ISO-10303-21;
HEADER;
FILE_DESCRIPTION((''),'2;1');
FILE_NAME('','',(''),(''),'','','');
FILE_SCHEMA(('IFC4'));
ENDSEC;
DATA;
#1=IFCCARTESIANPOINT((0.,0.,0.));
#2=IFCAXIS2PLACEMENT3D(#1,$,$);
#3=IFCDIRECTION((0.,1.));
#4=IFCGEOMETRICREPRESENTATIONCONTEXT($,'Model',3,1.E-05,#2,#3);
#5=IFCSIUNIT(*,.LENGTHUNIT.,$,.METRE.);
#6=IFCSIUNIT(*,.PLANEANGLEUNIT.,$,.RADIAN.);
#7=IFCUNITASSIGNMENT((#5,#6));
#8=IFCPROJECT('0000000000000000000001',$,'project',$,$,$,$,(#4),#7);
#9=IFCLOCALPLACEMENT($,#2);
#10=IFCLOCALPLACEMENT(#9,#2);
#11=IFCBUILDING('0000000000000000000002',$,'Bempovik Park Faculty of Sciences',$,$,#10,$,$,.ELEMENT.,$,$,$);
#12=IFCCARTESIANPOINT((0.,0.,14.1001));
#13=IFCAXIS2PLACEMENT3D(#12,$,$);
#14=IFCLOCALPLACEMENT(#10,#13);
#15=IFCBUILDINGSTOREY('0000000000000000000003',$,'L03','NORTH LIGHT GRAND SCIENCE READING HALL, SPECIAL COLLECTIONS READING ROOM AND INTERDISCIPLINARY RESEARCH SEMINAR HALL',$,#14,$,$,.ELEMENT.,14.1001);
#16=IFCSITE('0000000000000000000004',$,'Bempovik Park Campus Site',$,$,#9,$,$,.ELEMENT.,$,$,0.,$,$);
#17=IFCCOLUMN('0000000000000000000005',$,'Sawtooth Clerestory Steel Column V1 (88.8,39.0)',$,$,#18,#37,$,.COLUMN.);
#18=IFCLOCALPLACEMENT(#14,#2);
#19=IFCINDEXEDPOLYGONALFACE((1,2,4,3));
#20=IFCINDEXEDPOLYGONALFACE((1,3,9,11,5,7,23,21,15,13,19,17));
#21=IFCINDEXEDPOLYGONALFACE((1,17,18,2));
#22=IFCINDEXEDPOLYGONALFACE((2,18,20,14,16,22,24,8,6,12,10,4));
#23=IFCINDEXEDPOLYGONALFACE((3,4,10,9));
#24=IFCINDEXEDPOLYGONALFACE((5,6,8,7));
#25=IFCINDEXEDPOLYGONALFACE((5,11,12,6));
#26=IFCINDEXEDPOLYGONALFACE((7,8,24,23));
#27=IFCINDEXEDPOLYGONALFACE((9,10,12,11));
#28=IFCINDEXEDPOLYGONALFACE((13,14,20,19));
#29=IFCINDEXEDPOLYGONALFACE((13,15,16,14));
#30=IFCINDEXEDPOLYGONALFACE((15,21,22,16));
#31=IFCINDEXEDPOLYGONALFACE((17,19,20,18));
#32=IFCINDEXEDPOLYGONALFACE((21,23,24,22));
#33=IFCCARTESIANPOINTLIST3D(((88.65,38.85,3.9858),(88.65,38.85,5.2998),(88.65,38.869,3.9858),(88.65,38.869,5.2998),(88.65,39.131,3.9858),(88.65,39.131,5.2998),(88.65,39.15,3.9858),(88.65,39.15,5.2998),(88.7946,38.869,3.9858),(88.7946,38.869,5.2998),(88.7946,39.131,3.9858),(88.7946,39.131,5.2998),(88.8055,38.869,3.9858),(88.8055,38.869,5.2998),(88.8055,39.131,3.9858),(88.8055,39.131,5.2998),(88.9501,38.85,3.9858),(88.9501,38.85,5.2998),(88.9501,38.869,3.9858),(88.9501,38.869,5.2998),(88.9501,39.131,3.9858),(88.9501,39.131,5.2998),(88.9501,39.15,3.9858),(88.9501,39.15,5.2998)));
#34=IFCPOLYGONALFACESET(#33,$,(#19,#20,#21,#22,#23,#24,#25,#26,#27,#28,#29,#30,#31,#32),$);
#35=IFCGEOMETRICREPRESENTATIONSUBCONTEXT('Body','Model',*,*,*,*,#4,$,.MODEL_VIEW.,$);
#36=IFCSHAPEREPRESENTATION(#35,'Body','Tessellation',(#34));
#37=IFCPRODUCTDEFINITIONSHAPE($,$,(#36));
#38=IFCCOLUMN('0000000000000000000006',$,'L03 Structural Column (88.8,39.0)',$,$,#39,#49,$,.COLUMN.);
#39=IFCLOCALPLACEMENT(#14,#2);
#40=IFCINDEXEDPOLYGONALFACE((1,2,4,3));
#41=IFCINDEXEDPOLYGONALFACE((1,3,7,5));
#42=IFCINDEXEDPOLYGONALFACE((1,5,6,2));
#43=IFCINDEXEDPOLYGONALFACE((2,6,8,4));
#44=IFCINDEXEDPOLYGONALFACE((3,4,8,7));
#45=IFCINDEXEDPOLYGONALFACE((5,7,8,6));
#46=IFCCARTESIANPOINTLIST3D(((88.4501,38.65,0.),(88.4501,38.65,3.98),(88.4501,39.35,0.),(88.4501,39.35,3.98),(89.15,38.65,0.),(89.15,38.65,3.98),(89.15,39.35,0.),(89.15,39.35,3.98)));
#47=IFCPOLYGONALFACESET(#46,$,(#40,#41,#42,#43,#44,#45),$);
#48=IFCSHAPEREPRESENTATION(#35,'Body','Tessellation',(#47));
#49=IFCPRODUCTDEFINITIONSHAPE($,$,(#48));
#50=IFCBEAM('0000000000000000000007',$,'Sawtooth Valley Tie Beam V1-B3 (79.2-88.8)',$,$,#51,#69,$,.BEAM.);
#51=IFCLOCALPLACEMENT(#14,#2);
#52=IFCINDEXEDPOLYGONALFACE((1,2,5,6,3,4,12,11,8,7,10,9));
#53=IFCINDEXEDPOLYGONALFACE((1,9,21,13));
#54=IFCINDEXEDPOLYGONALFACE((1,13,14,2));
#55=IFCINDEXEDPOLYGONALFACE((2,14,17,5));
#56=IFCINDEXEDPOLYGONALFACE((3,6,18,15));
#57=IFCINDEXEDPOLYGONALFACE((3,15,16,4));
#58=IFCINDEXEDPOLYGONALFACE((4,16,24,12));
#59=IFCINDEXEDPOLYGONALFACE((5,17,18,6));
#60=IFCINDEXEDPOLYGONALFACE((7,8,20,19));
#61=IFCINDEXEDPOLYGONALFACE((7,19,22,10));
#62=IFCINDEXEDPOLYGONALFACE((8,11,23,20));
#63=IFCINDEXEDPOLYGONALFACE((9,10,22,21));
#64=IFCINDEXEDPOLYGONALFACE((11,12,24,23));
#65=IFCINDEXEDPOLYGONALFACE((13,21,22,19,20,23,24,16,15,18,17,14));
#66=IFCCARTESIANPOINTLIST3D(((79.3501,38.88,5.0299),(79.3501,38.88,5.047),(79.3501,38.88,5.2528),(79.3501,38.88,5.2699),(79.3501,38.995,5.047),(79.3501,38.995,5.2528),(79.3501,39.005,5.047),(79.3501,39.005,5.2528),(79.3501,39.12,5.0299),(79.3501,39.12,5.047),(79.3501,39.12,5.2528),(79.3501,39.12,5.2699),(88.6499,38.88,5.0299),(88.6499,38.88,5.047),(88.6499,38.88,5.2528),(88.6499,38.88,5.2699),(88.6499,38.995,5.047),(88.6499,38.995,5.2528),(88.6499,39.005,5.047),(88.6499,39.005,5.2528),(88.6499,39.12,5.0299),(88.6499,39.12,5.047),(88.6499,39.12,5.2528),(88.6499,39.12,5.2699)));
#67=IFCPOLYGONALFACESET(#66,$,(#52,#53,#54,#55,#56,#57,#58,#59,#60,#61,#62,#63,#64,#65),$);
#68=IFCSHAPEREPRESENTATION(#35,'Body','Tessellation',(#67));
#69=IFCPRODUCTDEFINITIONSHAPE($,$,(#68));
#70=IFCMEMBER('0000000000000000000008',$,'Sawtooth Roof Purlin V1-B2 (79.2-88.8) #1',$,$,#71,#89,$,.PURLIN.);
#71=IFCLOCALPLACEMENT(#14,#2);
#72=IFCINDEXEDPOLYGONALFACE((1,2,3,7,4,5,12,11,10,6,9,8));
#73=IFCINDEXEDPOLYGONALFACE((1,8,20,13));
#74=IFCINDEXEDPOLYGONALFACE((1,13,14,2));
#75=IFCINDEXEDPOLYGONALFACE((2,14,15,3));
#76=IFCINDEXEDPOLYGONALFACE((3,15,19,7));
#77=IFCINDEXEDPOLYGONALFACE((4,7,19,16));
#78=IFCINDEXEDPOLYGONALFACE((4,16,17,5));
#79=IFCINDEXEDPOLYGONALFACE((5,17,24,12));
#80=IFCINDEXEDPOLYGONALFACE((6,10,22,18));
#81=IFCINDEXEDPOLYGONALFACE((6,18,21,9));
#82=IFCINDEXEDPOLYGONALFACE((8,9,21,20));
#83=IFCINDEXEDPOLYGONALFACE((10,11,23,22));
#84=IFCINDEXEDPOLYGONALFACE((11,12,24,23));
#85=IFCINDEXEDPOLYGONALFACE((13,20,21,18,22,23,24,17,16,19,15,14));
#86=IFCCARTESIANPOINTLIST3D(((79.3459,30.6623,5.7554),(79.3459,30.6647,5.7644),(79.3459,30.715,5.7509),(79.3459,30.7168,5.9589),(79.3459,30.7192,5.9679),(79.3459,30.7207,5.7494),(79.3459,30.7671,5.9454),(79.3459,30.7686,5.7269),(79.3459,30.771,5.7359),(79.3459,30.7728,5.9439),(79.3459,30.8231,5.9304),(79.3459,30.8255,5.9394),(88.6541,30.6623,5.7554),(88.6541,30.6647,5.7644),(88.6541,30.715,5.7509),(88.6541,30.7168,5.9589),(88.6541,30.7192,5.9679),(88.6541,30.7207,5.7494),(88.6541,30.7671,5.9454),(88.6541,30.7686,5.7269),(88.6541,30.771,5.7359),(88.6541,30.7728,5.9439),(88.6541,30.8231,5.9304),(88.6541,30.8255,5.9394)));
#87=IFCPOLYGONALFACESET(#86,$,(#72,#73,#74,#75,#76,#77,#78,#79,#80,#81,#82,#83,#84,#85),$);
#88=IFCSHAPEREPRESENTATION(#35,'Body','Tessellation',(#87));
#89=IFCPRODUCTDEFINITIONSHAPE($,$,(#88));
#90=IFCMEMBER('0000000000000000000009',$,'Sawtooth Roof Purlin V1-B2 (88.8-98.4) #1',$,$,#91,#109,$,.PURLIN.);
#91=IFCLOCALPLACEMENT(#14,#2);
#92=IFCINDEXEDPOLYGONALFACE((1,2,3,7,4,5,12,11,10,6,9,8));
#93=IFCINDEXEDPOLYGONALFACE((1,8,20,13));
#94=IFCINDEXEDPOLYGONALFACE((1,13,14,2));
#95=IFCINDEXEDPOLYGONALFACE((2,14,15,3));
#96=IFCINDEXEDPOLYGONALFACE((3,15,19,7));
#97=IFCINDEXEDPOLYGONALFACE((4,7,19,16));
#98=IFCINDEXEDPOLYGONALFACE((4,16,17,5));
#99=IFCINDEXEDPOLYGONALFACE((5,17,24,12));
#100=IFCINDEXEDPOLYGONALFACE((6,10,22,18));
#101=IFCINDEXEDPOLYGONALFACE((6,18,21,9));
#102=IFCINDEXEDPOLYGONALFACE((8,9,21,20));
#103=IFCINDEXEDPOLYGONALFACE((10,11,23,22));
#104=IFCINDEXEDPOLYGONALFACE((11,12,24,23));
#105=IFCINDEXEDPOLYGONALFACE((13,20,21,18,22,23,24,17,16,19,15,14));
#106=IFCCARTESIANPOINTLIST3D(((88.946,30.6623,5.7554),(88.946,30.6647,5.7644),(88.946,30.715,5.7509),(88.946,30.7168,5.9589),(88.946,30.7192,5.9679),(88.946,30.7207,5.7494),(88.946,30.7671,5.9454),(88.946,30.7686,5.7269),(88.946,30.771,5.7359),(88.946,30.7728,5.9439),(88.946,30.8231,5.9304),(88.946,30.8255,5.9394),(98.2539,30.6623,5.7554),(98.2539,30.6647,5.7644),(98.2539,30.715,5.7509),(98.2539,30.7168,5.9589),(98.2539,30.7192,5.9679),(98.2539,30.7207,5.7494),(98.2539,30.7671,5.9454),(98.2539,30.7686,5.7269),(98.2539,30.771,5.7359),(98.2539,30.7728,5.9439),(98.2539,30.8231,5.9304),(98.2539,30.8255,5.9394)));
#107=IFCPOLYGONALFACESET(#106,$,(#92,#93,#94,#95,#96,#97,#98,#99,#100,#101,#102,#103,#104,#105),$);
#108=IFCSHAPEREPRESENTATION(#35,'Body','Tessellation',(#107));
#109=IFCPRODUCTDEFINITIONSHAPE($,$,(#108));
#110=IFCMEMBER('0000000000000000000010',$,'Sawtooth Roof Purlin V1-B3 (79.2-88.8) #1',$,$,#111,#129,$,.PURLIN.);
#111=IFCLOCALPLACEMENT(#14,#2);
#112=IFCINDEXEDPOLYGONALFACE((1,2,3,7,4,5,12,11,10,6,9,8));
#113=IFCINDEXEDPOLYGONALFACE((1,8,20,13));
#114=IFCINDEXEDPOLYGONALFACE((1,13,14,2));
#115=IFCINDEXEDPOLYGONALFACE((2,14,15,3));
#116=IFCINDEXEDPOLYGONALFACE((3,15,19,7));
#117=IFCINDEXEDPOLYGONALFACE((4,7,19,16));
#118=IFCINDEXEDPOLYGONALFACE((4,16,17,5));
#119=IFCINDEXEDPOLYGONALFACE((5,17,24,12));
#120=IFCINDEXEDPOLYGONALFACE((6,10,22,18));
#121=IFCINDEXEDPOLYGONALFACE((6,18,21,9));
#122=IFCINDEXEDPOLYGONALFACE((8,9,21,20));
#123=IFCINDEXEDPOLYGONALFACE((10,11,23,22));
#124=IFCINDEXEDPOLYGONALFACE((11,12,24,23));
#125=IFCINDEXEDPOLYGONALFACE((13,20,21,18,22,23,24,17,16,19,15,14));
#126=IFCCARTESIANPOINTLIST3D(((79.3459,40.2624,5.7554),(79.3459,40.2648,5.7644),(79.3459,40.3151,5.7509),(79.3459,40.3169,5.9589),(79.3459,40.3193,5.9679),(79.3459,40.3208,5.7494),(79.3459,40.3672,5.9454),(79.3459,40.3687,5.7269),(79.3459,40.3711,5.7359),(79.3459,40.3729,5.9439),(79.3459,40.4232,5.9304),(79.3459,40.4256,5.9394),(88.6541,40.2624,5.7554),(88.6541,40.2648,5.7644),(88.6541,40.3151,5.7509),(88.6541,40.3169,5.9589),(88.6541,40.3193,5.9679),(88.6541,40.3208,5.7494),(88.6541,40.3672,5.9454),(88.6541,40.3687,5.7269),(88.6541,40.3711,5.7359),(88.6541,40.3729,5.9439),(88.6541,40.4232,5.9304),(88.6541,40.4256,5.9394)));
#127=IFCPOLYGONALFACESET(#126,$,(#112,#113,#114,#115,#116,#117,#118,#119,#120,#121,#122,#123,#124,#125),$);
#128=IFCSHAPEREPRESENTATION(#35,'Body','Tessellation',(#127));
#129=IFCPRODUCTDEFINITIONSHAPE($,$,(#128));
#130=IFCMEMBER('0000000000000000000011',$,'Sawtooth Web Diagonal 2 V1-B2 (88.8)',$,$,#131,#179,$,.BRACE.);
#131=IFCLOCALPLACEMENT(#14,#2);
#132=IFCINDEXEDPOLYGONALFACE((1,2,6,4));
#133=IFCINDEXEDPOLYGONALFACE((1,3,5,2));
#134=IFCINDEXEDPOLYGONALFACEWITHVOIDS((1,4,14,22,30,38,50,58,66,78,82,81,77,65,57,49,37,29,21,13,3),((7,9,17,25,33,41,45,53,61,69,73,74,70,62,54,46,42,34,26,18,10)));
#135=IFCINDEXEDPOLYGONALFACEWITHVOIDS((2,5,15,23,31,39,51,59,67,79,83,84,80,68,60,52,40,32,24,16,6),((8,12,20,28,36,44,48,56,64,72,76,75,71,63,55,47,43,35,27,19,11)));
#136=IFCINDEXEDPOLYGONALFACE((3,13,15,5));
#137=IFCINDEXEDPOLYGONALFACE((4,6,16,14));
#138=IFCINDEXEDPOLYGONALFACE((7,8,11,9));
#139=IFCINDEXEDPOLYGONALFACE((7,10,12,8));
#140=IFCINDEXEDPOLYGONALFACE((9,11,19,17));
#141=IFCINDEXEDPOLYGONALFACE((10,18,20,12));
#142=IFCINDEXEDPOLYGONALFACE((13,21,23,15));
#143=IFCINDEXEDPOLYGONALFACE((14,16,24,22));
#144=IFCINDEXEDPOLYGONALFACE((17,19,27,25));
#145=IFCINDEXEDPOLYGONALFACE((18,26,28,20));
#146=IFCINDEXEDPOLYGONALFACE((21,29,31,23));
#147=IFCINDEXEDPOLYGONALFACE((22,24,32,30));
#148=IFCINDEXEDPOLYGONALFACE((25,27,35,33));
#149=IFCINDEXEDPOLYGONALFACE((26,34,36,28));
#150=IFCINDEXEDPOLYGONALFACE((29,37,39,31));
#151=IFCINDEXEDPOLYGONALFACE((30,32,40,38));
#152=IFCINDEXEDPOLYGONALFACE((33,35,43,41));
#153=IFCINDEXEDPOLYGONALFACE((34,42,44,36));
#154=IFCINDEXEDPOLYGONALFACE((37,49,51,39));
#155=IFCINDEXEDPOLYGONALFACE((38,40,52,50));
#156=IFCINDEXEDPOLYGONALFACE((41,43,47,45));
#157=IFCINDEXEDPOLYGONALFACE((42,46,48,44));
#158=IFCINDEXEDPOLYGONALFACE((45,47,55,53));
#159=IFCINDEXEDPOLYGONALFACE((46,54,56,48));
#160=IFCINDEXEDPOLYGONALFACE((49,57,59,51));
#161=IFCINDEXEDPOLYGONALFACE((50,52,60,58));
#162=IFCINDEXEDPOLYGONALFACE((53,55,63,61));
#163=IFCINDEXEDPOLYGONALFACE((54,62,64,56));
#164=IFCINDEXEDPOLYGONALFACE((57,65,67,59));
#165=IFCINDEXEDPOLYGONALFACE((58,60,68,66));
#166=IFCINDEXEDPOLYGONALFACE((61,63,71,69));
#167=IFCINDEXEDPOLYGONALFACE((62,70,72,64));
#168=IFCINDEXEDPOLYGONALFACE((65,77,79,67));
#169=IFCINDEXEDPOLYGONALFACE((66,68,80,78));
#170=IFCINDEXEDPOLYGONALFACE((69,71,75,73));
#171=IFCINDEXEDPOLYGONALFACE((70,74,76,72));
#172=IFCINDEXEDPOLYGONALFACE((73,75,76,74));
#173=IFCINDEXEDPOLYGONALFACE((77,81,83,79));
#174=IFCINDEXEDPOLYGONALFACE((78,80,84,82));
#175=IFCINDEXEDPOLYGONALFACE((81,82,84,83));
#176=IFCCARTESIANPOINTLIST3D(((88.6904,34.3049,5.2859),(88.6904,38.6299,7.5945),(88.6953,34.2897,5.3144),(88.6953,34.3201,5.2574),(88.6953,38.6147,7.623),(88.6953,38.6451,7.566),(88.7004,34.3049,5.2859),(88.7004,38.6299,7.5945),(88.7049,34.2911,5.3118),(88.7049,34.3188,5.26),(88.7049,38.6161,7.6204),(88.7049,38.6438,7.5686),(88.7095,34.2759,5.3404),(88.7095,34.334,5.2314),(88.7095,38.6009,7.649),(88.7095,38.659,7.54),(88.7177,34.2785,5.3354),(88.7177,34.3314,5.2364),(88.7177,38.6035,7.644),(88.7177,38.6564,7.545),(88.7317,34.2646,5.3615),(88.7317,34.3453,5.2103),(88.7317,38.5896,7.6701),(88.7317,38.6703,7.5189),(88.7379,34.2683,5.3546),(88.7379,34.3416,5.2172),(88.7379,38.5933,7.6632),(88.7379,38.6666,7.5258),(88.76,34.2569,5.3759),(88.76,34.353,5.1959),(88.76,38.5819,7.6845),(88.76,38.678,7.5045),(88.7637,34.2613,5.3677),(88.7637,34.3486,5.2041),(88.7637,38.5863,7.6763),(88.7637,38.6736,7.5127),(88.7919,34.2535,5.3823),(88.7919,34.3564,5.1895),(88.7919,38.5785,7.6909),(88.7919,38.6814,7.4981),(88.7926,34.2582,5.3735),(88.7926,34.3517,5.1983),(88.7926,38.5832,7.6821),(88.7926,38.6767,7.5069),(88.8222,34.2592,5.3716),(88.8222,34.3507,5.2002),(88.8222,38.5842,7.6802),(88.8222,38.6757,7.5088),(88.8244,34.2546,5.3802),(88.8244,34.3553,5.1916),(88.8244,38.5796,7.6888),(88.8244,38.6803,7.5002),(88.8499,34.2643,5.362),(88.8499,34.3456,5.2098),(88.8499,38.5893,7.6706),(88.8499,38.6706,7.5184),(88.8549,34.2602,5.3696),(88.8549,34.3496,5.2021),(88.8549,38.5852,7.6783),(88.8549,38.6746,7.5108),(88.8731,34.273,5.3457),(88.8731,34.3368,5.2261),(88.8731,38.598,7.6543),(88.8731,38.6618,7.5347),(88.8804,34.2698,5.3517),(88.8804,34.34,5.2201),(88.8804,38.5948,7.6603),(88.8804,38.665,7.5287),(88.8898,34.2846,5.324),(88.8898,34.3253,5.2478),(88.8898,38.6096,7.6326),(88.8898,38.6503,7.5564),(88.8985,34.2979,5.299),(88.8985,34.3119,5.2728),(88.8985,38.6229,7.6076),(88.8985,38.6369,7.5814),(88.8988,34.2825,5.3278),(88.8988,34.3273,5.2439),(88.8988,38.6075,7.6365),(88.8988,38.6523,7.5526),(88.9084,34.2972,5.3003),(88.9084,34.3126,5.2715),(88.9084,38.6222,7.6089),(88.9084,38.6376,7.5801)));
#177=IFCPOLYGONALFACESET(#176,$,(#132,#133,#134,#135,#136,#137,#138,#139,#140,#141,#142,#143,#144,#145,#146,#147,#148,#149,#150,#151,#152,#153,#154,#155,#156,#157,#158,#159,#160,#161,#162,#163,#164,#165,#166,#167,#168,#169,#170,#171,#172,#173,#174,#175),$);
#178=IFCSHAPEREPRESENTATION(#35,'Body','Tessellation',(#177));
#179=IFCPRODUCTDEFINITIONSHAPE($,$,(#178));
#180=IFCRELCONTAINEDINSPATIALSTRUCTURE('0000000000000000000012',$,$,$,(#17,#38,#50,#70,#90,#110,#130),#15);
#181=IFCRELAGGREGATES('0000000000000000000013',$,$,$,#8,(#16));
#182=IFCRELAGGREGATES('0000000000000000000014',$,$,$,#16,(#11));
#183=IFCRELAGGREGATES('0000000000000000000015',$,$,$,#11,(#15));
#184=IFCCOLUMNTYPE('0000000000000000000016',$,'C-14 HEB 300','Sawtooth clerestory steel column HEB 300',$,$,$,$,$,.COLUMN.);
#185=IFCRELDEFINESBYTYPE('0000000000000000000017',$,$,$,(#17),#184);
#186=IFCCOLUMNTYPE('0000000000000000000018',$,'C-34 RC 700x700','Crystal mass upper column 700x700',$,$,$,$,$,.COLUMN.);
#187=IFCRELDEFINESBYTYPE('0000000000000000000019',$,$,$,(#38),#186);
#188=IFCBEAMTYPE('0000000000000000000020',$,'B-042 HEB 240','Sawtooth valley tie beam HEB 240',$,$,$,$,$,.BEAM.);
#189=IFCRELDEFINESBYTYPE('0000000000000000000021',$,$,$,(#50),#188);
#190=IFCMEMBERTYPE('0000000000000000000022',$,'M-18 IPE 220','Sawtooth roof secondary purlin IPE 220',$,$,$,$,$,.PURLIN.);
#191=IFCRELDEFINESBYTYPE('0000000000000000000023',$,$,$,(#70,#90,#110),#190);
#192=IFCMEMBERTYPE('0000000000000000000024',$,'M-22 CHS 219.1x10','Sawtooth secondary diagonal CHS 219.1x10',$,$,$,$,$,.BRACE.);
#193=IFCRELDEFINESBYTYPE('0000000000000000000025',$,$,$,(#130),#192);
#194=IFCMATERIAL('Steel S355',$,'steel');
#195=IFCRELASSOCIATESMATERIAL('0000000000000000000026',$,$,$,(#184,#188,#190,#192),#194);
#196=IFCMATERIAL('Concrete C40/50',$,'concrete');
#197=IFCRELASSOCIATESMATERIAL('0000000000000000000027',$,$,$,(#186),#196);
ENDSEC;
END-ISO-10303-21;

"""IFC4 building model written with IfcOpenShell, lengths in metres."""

from ifc_helpers import new_model, si_unit, direction, frame, origin, origin_2d, place, context, subcontext, project, spatial, rectangle, hollow_circle, i_section, extrude, material, material_profile, profile_set, type_object, element, save


model = new_model("IFC4")

# Units and contexts
model_context = context("Model", 3, precision=1e-05, world=origin(), true_north=direction((0.0, 1.0)))
body_context = subcontext(model_context, "Body", "Model", "MODEL_VIEW")
ifc_project = project(units=[si_unit("LENGTHUNIT", "METRE"), si_unit("PLANEANGLEUNIT", "RADIAN")], contexts=[model_context])

# Site, building, storey
site_placement = place(None, origin())
site = spatial("IfcSite", under=ifc_project, at=site_placement, Name="Bempovik Park Campus Site", CompositionType="ELEMENT", RefElevation=0.0)
building_placement = place(site_placement, origin())
building = spatial("IfcBuilding", under=site, at=building_placement, Name="Bempovik Park Faculty of Sciences", CompositionType="ELEMENT")
storey_placement = place(building_placement, frame((0.0, 0.0, 14.1001)))
storey = spatial("IfcBuildingStorey", under=building, at=storey_placement, Name="L03", Description="NORTH LIGHT GRAND SCIENCE READING HALL, SPECIAL COLLECTIONS READING ROOM AND INTERDISCIPLINARY RESEARCH SEMINAR HALL", CompositionType="ELEMENT", Elevation=14.1001)

# Columns
ifc_material_1 = material(Name="Steel S355", Category="steel")
ifc_material_profile_1 = material_profile(ifc_material_1, i_section(OverallWidth=0.3, OverallDepth=0.3, WebThickness=0.011, FlangeThickness=0.019, at=origin_2d()), Name="HEB 300")
ifc_profile_set_1 = profile_set([ifc_material_profile_1], Name="Steel S355")
column_type_1 = type_object("IfcColumnType", Name="C-14 HEB 300", Description="Sawtooth clerestory steel column HEB 300", PredefinedType="COLUMN", material=ifc_profile_set_1)
column_1_placement = place(storey_placement, frame((88.8, 39.0, 3.9858), z_axis=(0.0, 0.0, 1.0), x_axis=(1.0, 0.0, 0.0)))
element("IfcColumn", 1, at=column_1_placement, inside=storey, type_object=column_type_1, Name="Sawtooth Clerestory Steel Column V1 (88.8,39.0)", PredefinedType="COLUMN", context=body_context, shape_type="SweptSolid", body=[
    extrude(i_section(OverallWidth=0.3, OverallDepth=0.3, WebThickness=0.011, FlangeThickness=0.019, at=origin_2d()), origin(), (0.0, 0.0, 1.0), 1.314),
])
ifc_material_2 = material(Name="Concrete C40/50", Category="concrete")
ifc_material_profile_2 = material_profile(ifc_material_2, rectangle(XDim=0.7, YDim=0.7, at=origin_2d()), Name="RC 700x700")
ifc_profile_set_2 = profile_set([ifc_material_profile_2], Name="Concrete C40/50")
column_type_2 = type_object("IfcColumnType", Name="C-34 RC 700x700", Description="Crystal mass upper column 700x700", PredefinedType="COLUMN", material=ifc_profile_set_2)
column_2_placement = place(storey_placement, frame((88.8, 39.0, 0.0), z_axis=(0.0, 0.0, 1.0), x_axis=(1.0, 0.0, 0.0)))
element("IfcColumn", 2, at=column_2_placement, inside=storey, type_object=column_type_2, Name="L03 Structural Column (88.8,39.0)", PredefinedType="COLUMN", context=body_context, shape_type="SweptSolid", body=[
    extrude(rectangle(XDim=0.7, YDim=0.7, at=origin_2d()), origin(), (0.0, 0.0, 1.0), 3.98),
])

# Beam
ifc_material_profile_3 = material_profile(ifc_material_1, i_section(OverallWidth=0.24, OverallDepth=0.24, WebThickness=0.01, FlangeThickness=0.0171, at=origin_2d()), Name="HEB 240")
ifc_profile_set_3 = profile_set([ifc_material_profile_3], Name="Steel S355")
beam_type = type_object("IfcBeamType", Name="B-042 HEB 240", Description="Sawtooth valley tie beam HEB 240", PredefinedType="BEAM", material=ifc_profile_set_3)
beam_placement = place(storey_placement, frame((79.3501, 39.0, 5.1499), z_axis=(1.0, 0.0, 0.0), x_axis=(0.0, 1.0, 0.0)))
element("IfcBeam", 3, at=beam_placement, inside=storey, type_object=beam_type, Name="Sawtooth Valley Tie Beam V1-B3 (79.2-88.8)", PredefinedType="BEAM", context=body_context, shape_type="SweptSolid", body=[
    extrude(i_section(OverallWidth=0.24, OverallDepth=0.24, WebThickness=0.01, FlangeThickness=0.0171, at=origin_2d()), origin(), (0.0, 0.0, 1.0), 9.2998),
])

# Members
ifc_material_profile_4 = material_profile(ifc_material_1, i_section(OverallWidth=0.1101, OverallDepth=0.22, WebThickness=0.0059, FlangeThickness=0.0093, at=origin_2d()), Name="IPE 220")
ifc_profile_set_4 = profile_set([ifc_material_profile_4], Name="Steel S355")
member_type_1 = type_object("IfcMemberType", Name="M-18 IPE 220", Description="Sawtooth roof secondary purlin IPE 220", PredefinedType="PURLIN", material=ifc_profile_set_4)
member_1_placement = place(storey_placement, frame((79.3459, 30.7439, 5.8474), z_axis=(1.0, 0.0, 0.0), x_axis=(0.0, 0.965926, -0.258819)))
element("IfcMember", 4, at=member_1_placement, inside=storey, type_object=member_type_1, Name="Sawtooth Roof Purlin V1-B2 (79.2-88.8) #1", PredefinedType="PURLIN", context=body_context, shape_type="SweptSolid", body=[
    extrude(i_section(OverallWidth=0.1101, OverallDepth=0.22, WebThickness=0.0059, FlangeThickness=0.0093, at=origin_2d()), origin(), (0.0, 0.0, 1.0), 9.3081),
])
member_2_placement = place(storey_placement, frame((88.946, 30.7439, 5.8474), z_axis=(1.0, 0.0, 0.0), x_axis=(0.0, 0.965926, -0.258819)))
element("IfcMember", 5, at=member_2_placement, inside=storey, type_object=member_type_1, Name="Sawtooth Roof Purlin V1-B2 (88.8-98.4) #1", PredefinedType="PURLIN", context=body_context, shape_type="SweptSolid", body=[
    extrude(i_section(OverallWidth=0.1101, OverallDepth=0.22, WebThickness=0.0059, FlangeThickness=0.0093, at=origin_2d()), origin(), (0.0, 0.0, 1.0), 9.3079),
])
member_3_placement = place(storey_placement, frame((79.3459, 40.344, 5.8474), z_axis=(1.0, 0.0, 0.0), x_axis=(0.0, 0.965926, -0.258819)))
element("IfcMember", 6, at=member_3_placement, inside=storey, type_object=member_type_1, Name="Sawtooth Roof Purlin V1-B3 (79.2-88.8) #1", PredefinedType="PURLIN", context=body_context, shape_type="SweptSolid", body=[
    extrude(i_section(OverallWidth=0.1101, OverallDepth=0.22, WebThickness=0.0059, FlangeThickness=0.0093, at=origin_2d()), origin(), (0.0, 0.0, 1.0), 9.3081),
])
ifc_material_profile_5 = material_profile(ifc_material_1, hollow_circle(Radius=0.1096, WallThickness=0.01, at=origin_2d()), Name="CHS 219.1x10")
ifc_profile_set_5 = profile_set([ifc_material_profile_5], Name="Steel S355")
member_type_2 = type_object("IfcMemberType", Name="M-22 CHS 219.1x10", Description="Sawtooth secondary diagonal CHS 219.1x10", PredefinedType="BRACE", material=ifc_profile_set_5)
for number, where, z_axis, x_axis, name in (
    (7, (88.8, 34.3049, 5.2859), (0.0, 0.882187, 0.470898), (-1.0, 0.0, 0.0), "Sawtooth Web Diagonal 2 V1-B2 (88.8)"),
):
    element("IfcMember", number, at=place(storey_placement, frame(where, z_axis=z_axis, x_axis=x_axis)), inside=storey, type_object=member_type_2, Name=name, PredefinedType="BRACE", context=body_context, shape_type="SweptSolid", body=[
        extrude(hollow_circle(Radius=0.1096, WallThickness=0.01, at=origin_2d()), origin(), (0.0, 0.0, 1.0), 4.9026),
    ])

save(model, "model.ifc")
